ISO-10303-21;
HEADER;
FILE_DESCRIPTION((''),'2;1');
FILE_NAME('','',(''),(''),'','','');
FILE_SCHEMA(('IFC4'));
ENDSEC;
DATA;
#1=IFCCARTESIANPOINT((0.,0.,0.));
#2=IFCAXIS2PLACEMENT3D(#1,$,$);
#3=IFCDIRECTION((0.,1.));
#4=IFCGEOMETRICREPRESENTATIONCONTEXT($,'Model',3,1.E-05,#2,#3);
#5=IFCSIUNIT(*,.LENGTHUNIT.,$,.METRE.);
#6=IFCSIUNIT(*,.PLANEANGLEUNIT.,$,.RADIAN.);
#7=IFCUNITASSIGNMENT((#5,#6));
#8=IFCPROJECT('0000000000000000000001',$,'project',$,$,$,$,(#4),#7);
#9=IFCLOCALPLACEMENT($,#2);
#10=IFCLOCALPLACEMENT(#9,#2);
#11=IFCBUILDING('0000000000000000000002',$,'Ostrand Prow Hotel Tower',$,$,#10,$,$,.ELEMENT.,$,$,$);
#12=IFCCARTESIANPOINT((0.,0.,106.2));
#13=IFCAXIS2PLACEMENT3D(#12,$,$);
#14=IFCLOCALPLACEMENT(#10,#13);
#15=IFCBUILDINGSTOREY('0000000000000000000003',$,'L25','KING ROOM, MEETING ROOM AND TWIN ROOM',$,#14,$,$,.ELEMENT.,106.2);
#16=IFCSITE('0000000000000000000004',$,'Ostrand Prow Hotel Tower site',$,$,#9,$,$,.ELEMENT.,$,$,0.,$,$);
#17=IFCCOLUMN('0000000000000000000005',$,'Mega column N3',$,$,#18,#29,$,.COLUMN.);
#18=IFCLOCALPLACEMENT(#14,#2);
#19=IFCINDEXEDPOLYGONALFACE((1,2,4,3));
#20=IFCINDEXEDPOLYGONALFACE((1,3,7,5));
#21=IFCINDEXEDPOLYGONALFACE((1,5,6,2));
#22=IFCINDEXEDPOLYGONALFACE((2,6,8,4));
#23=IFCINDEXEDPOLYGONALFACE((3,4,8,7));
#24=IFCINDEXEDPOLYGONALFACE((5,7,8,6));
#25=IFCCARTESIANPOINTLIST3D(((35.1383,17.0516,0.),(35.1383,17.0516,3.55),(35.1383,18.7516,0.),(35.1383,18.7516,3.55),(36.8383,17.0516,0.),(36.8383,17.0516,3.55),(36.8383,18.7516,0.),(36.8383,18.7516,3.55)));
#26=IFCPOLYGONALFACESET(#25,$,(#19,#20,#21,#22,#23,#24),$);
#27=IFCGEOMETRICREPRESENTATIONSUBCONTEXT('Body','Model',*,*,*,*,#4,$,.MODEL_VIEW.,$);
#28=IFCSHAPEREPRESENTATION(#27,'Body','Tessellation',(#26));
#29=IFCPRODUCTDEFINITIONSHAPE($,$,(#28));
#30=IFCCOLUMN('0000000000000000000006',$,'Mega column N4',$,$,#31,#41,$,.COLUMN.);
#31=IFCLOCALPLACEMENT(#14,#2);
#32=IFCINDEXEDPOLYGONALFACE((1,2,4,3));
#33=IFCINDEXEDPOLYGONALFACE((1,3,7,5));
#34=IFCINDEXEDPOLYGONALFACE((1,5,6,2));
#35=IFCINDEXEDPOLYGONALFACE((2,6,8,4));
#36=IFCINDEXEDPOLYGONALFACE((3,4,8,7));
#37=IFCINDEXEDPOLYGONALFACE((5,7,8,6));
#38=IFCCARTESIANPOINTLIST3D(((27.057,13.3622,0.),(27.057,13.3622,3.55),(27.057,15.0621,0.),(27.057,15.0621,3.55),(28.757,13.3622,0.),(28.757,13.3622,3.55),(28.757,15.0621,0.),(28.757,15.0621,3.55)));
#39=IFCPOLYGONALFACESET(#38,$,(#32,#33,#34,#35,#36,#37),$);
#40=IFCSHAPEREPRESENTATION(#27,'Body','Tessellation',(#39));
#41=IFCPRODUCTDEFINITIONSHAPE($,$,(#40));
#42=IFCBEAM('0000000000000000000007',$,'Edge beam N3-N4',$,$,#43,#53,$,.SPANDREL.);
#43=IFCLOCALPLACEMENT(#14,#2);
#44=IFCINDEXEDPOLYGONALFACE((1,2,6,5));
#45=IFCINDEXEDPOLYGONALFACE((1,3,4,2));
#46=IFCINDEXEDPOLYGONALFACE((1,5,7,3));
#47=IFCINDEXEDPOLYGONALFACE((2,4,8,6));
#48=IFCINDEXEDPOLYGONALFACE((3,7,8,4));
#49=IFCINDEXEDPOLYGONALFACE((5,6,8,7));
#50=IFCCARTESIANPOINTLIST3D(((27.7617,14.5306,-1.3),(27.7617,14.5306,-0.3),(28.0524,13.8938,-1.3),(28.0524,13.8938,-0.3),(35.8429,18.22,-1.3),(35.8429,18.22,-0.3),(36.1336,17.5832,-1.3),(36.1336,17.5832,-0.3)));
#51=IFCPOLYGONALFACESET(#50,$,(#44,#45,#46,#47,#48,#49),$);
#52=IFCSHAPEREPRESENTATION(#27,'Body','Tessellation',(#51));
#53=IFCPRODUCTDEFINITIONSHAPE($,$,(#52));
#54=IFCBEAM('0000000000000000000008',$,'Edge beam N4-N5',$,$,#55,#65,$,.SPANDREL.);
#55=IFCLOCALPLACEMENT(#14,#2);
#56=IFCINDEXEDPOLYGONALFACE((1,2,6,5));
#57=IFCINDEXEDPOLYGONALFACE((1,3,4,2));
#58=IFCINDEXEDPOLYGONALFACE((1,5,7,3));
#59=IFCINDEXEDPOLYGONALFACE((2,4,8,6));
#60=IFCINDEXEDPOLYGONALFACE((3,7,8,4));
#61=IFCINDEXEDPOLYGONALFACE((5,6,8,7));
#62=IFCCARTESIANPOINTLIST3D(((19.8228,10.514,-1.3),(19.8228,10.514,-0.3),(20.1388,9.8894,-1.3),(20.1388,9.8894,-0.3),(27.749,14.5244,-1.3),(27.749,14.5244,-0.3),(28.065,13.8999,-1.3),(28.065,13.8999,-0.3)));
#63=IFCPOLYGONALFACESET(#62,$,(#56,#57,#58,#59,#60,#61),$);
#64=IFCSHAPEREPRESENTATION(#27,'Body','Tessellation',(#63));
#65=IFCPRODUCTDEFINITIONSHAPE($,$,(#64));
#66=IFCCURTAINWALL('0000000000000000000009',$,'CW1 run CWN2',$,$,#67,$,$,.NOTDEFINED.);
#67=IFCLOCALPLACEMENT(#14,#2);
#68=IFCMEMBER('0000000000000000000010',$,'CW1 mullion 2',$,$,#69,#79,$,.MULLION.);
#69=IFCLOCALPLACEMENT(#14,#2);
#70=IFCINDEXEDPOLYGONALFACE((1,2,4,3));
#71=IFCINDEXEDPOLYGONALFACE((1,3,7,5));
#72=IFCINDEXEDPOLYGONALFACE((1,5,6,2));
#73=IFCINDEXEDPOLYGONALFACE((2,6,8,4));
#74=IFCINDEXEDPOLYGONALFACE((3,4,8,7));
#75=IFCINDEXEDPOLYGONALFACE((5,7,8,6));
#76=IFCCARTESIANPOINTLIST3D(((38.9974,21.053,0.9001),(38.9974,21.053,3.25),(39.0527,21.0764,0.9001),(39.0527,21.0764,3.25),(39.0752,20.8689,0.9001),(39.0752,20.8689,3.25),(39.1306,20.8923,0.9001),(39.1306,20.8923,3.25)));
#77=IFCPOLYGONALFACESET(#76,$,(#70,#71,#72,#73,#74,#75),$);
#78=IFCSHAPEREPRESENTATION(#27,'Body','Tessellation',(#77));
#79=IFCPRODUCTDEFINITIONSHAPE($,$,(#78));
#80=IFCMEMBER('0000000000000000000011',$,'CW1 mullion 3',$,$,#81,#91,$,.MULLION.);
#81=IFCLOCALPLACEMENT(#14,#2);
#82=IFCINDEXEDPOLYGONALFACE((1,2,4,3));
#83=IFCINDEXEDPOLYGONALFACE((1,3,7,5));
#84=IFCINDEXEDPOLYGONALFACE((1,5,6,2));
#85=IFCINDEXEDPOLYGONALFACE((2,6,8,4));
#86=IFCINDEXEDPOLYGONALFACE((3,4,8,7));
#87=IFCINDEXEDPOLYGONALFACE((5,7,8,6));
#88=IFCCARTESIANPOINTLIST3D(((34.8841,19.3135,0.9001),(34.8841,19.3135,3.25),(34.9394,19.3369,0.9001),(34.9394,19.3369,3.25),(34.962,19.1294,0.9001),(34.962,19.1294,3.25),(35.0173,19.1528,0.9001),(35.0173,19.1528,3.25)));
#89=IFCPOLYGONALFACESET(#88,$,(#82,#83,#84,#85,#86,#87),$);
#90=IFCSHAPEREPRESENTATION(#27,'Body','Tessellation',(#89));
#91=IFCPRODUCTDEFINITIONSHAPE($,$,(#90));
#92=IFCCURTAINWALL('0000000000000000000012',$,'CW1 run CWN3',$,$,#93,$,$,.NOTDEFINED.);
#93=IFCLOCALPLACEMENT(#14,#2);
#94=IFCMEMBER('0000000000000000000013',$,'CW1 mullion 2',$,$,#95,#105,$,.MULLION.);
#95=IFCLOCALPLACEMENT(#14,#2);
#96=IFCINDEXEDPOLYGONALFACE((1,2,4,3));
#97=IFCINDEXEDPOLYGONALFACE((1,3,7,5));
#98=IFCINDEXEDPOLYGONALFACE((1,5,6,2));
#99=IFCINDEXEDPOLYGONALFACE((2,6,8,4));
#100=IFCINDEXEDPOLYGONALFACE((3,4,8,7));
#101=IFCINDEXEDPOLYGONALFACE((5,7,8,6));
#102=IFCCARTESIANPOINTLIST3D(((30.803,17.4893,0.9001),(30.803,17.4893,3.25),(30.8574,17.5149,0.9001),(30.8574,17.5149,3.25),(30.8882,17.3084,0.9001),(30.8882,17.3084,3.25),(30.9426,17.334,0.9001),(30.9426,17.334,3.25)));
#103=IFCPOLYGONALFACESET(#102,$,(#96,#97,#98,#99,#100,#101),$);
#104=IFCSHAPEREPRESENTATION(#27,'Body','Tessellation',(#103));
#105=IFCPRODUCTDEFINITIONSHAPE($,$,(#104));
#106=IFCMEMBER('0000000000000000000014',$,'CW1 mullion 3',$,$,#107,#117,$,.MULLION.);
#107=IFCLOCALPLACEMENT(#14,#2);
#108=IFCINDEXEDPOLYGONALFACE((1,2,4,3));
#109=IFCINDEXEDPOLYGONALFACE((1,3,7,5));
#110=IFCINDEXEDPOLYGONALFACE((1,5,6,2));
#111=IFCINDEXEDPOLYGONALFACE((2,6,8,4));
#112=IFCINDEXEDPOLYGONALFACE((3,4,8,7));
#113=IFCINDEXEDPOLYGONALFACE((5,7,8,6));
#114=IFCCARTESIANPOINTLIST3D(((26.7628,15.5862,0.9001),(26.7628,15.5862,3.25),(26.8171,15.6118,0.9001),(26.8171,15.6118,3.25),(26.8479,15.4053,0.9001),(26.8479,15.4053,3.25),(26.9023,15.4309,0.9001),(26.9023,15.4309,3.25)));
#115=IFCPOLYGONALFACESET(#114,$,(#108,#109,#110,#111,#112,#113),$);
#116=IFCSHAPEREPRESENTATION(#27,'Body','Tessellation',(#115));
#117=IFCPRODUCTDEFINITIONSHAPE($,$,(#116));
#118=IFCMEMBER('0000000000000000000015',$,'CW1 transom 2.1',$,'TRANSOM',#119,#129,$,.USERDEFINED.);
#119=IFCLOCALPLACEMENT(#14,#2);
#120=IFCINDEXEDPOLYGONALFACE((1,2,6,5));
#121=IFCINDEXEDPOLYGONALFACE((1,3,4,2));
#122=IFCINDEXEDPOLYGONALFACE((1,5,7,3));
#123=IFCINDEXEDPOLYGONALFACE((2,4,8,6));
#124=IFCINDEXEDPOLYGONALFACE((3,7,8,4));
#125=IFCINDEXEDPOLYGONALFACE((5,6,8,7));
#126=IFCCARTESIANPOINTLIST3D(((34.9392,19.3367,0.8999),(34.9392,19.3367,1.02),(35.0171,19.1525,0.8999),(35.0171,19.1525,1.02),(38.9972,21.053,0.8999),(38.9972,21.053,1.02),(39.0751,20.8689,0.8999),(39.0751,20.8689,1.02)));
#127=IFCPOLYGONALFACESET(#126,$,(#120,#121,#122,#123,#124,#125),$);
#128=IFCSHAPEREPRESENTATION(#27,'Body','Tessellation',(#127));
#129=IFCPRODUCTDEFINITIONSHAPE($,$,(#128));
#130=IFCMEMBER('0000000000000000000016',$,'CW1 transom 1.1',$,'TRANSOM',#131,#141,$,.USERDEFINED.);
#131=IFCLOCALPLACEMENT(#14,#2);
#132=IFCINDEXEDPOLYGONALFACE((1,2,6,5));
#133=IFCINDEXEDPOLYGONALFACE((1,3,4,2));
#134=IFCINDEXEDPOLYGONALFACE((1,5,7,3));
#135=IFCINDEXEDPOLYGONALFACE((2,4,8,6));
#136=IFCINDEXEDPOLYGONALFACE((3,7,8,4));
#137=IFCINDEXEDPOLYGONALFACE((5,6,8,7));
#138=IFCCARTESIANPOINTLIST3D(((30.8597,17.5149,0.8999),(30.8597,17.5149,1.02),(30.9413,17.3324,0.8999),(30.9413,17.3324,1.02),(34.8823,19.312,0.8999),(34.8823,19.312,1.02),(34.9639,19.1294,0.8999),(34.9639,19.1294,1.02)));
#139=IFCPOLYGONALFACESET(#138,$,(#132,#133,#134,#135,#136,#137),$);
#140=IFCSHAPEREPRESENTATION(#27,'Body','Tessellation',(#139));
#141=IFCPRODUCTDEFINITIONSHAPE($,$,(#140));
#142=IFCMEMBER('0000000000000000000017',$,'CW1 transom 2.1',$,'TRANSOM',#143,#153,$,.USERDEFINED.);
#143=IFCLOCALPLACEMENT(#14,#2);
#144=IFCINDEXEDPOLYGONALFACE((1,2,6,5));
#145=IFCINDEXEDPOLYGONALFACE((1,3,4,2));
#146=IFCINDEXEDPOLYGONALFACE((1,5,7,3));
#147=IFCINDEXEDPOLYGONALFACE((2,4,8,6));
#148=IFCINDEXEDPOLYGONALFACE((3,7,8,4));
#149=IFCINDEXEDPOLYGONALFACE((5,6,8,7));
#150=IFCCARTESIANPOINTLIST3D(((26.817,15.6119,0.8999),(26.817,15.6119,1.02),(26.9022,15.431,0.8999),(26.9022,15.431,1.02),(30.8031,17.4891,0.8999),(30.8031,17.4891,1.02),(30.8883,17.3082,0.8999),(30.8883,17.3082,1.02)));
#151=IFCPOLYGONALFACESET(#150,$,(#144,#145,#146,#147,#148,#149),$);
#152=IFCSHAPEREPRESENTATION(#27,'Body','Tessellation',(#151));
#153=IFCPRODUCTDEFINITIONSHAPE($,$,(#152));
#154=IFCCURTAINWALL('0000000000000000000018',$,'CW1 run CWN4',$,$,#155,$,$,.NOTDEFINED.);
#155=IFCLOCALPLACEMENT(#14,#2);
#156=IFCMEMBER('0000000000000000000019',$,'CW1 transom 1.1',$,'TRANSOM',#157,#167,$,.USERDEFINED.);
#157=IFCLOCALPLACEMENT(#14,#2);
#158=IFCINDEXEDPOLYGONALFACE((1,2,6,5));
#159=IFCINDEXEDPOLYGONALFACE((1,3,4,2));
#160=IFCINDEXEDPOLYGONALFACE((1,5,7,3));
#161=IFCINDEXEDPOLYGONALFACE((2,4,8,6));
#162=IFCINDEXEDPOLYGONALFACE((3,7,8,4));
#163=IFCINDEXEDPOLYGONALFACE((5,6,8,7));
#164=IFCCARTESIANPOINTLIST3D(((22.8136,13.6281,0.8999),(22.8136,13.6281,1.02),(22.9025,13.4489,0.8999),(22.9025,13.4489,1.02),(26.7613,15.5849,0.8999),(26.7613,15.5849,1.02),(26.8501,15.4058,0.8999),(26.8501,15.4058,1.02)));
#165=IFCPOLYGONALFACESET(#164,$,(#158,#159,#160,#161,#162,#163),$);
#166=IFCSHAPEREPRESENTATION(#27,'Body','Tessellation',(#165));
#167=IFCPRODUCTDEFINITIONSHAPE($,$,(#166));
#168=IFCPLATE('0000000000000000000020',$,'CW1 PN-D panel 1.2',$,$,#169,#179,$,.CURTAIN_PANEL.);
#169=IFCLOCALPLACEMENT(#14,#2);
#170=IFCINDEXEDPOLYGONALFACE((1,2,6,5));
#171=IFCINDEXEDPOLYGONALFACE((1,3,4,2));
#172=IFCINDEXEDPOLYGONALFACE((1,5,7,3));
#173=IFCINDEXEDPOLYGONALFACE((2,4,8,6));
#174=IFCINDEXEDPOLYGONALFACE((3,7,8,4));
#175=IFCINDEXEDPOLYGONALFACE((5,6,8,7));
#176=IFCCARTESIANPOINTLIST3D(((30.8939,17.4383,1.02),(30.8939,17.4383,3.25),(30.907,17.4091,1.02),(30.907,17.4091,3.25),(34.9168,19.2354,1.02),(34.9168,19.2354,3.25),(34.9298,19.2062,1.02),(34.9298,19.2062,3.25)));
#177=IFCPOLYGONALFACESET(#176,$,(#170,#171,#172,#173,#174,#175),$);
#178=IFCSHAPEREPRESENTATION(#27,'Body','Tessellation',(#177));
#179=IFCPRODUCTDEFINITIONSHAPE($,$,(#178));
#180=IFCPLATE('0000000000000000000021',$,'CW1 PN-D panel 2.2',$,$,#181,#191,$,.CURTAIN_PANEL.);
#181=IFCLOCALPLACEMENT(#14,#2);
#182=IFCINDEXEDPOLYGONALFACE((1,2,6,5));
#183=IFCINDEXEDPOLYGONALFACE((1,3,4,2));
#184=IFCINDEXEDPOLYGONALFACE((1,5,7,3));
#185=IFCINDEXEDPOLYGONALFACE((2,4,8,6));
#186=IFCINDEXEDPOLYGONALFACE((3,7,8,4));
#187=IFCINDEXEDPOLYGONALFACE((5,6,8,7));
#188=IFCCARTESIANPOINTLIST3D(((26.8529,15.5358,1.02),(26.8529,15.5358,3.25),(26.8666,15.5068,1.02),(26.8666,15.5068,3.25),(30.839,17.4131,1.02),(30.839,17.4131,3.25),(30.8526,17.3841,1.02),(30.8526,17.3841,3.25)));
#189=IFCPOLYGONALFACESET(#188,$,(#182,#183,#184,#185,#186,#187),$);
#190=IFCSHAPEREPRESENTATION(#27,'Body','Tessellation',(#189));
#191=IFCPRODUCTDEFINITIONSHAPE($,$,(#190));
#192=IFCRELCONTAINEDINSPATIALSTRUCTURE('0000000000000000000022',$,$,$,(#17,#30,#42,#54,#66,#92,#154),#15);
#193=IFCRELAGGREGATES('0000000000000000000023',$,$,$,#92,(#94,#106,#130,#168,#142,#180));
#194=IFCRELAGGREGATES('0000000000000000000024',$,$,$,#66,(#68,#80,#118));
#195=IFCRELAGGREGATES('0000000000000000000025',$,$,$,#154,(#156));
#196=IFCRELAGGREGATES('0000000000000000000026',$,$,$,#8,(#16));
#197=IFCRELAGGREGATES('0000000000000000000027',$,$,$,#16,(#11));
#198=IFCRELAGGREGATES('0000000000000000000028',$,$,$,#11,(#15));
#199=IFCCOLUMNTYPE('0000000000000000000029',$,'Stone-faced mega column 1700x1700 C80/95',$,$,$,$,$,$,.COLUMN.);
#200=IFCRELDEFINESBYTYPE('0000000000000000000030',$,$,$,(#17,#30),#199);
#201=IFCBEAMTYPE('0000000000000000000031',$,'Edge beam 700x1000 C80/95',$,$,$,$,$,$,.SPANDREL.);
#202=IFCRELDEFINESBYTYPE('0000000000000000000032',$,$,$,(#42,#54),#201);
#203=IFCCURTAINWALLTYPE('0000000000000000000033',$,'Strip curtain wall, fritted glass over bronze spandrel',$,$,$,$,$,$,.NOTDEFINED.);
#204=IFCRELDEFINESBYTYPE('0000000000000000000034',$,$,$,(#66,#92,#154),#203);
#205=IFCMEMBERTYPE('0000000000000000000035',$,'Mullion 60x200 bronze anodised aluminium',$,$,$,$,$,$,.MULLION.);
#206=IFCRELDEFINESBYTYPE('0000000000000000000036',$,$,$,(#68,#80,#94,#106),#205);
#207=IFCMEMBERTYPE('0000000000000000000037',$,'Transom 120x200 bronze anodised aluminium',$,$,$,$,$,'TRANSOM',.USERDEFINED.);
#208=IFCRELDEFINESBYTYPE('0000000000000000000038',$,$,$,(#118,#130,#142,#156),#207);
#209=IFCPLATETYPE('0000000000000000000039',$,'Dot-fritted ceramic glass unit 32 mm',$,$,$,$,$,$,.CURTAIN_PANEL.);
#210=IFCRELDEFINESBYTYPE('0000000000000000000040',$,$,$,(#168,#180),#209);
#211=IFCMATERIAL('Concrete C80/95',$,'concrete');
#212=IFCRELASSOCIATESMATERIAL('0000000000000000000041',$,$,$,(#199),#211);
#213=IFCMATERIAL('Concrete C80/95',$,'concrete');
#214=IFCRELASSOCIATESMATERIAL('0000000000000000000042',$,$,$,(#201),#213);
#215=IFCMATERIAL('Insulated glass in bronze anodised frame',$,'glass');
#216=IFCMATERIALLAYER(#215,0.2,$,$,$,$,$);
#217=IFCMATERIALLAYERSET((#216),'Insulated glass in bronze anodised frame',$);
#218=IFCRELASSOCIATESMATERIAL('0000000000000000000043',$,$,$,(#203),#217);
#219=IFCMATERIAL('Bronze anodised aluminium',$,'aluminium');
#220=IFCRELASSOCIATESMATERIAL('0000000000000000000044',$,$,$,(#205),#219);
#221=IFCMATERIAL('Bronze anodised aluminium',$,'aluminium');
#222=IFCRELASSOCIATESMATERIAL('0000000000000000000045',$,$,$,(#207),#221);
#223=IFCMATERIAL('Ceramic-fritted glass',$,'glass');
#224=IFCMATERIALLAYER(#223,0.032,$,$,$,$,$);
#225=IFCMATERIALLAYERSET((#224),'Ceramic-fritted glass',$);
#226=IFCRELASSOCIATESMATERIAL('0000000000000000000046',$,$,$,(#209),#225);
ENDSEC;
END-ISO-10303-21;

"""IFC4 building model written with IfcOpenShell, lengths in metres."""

from ifc_helpers import new_model, si_unit, direction, frame, origin, origin_2d, place, context, subcontext, project, spatial, rectangle, extrude, material, layer, layer_set, material_profile, profile_set, type_object, element, aggregate, save


model = new_model("IFC4")

# Units and contexts
model_context = context("Model", 3, precision=1e-05, world=origin(), true_north=direction((0.0, 1.0)))
body_context = subcontext(model_context, "Body", "Model", "MODEL_VIEW")
ifc_project = project(units=[si_unit("LENGTHUNIT", "METRE"), si_unit("PLANEANGLEUNIT", "RADIAN")], contexts=[model_context])

# Site, building, storey
site_placement = place(None, origin())
site = spatial("IfcSite", under=ifc_project, at=site_placement, Name="Ostrand Prow Hotel Tower site", CompositionType="ELEMENT", RefElevation=0.0)
building_placement = place(site_placement, origin())
building = spatial("IfcBuilding", under=site, at=building_placement, Name="Ostrand Prow Hotel Tower", CompositionType="ELEMENT")
storey_placement = place(building_placement, frame((0.0, 0.0, 106.2)))
storey = spatial("IfcBuildingStorey", under=building, at=storey_placement, Name="L25", Description="KING ROOM, MEETING ROOM AND TWIN ROOM", CompositionType="ELEMENT", Elevation=106.2)

# Columns
ifc_material_1 = material(Name="Concrete C80/95", Category="concrete")
ifc_material_profile_1 = material_profile(ifc_material_1, rectangle(XDim=1.7, YDim=1.7, at=origin_2d()), Name="RC 1700x1700")
ifc_profile_set_1 = profile_set([ifc_material_profile_1], Name="Concrete C80/95")
column_type = type_object("IfcColumnType", Name="Stone-faced mega column 1700x1700 C80/95", PredefinedType="COLUMN", material=ifc_profile_set_1)
for number, where, z_axis, x_axis, name in (
    (1, (35.9883, 17.9016, 0.0), (0.0, 0.0, 1.0), (1.0, 0.0, 0.0), "Mega column N3"),
    (2, (27.907, 14.2122, 0.0), (0.0, 0.0, 1.0), (1.0, 0.0, 0.0), "Mega column N4"),
):
    element("IfcColumn", number, at=place(storey_placement, frame(where, z_axis=z_axis, x_axis=x_axis)), inside=storey, type_object=column_type, Name=name, PredefinedType="COLUMN", context=body_context, shape_type="SweptSolid", body=[
        extrude(rectangle(XDim=1.7, YDim=1.7, at=origin_2d()), origin(), (0.0, 0.0, 1.0), 3.55),
    ])

# Beams
ifc_material_2 = material(Name="Concrete C80/95", Category="concrete")
ifc_material_profile_2 = material_profile(ifc_material_2, rectangle(XDim=0.7, YDim=1.0, at=origin_2d()), Name="RC 700x1000")
ifc_profile_set_2 = profile_set([ifc_material_profile_2], Name="Concrete C80/95")
beam_type = type_object("IfcBeamType", Name="Edge beam 700x1000 C80/95", PredefinedType="SPANDREL", material=ifc_profile_set_2)
beam_1_placement = place(storey_placement, frame((35.9883, 17.9016, -0.8), z_axis=(-0.909681, -0.415308, 0.0), x_axis=(0.415308, -0.909681, 0.0)))
element("IfcBeam", 3, at=beam_1_placement, inside=storey, type_object=beam_type, Name="Edge beam N3-N4", PredefinedType="SPANDREL", context=body_context, shape_type="SweptSolid", body=[
    extrude(rectangle(XDim=0.7, YDim=1.0, at=origin_2d()), origin(), (0.0, 0.0, 1.0), 8.8835),
])
beam_2_placement = place(storey_placement, frame((27.907, 14.2122, -0.8), z_axis=(-0.892284, -0.451474, 0.0), x_axis=(0.451474, -0.892284, 0.0)))
element("IfcBeam", 4, at=beam_2_placement, inside=storey, type_object=beam_type, Name="Edge beam N4-N5", PredefinedType="SPANDREL", context=body_context, shape_type="SweptSolid", body=[
    extrude(rectangle(XDim=0.7, YDim=1.0, at=origin_2d()), origin(), (0.0, 0.0, 1.0), 8.8831),
])

# Curtain walls, members
ifc_material_3 = material(Name="Insulated glass in bronze anodised frame", Category="glass")
ifc_layer_1 = layer(ifc_material_3, 0.2)
ifc_layer_set_1 = layer_set([ifc_layer_1], Name="Insulated glass in bronze anodised frame")
curtain_wall_type = type_object("IfcCurtainWallType", Name="Strip curtain wall, fritted glass over bronze spandrel", PredefinedType="NOTDEFINED", material=ifc_layer_set_1)
curtain_wall_1_placement = place(storey_placement, origin())
curtain_wall_1 = element("IfcCurtainWall", 5, at=curtain_wall_1_placement, inside=storey, type_object=curtain_wall_type, Name="CW1 run CWN2", PredefinedType="NOTDEFINED")
ifc_material_4 = material(Name="Bronze anodised aluminium", Category="aluminium")
ifc_material_profile_3 = material_profile(ifc_material_4, rectangle(XDim=0.2, YDim=0.0601, at=origin_2d()), Name="Mullion 60x200 bronze anodised aluminium")
ifc_profile_set_3 = profile_set([ifc_material_profile_3], Name="Bronze anodised aluminium")
member_type_1 = type_object("IfcMemberType", Name="Mullion 60x200 bronze anodised aluminium", PredefinedType="MULLION", material=ifc_profile_set_3)
member_1_placement = place(storey_placement, frame((39.064, 20.9727, 0.9001), z_axis=(0.0, 0.0, 1.0), x_axis=(0.389507, -0.921024, 0.0)))
member_1 = element("IfcMember", 6, at=member_1_placement, type_object=member_type_1, Name="CW1 mullion 2", PredefinedType="MULLION", context=body_context, shape_type="SweptSolid", body=[
    extrude(rectangle(XDim=0.2, YDim=0.0601, at=origin_2d()), origin(), (0.0, 0.0, 1.0), 2.3499),
])
member_2_placement = place(storey_placement, frame((34.9507, 19.2332, 0.9001), z_axis=(0.0, 0.0, 1.0), x_axis=(0.389507, -0.921024, 0.0)))
member_2 = element("IfcMember", 7, at=member_2_placement, type_object=member_type_1, Name="CW1 mullion 3", PredefinedType="MULLION", context=body_context, shape_type="SweptSolid", body=[
    extrude(rectangle(XDim=0.2, YDim=0.0601, at=origin_2d()), origin(), (0.0, 0.0, 1.0), 2.3499),
])
curtain_wall_2_placement = place(storey_placement, origin())
curtain_wall_2 = element("IfcCurtainWall", 8, at=curtain_wall_2_placement, inside=storey, type_object=curtain_wall_type, Name="CW1 run CWN3", PredefinedType="NOTDEFINED")
member_3_placement = place(storey_placement, frame((30.8728, 17.4116, 0.9001), z_axis=(0.0, 0.0, 1.0), x_axis=(0.426079, -0.904686, 0.0)))
member_3 = element("IfcMember", 9, at=member_3_placement, type_object=member_type_1, Name="CW1 mullion 2", PredefinedType="MULLION", context=body_context, shape_type="SweptSolid", body=[
    extrude(rectangle(XDim=0.2, YDim=0.0601, at=origin_2d()), origin(), (0.0, 0.0, 1.0), 2.3499),
])
member_4_placement = place(storey_placement, frame((26.8325, 15.5085, 0.9001), z_axis=(0.0, 0.0, 1.0), x_axis=(0.426079, -0.904686, 0.0)))
member_4 = element("IfcMember", 10, at=member_4_placement, type_object=member_type_1, Name="CW1 mullion 3", PredefinedType="MULLION", context=body_context, shape_type="SweptSolid", body=[
    extrude(rectangle(XDim=0.2, YDim=0.0601, at=origin_2d()), origin(), (0.0, 0.0, 1.0), 2.3499),
])

# Members
ifc_material_5 = material(Name="Bronze anodised aluminium", Category="aluminium")
ifc_material_profile_4 = material_profile(ifc_material_5, rectangle(XDim=0.2, YDim=0.1201, at=origin_2d()), Name="Transom 120x200 bronze anodised aluminium")
ifc_profile_set_4 = profile_set([ifc_material_profile_4], Name="Bronze anodised aluminium")
member_type_2 = type_object("IfcMemberType", Name="Transom 120x200 bronze anodised aluminium", ElementType="TRANSOM", PredefinedType="USERDEFINED", material=ifc_profile_set_4)
member_5_placement = place(storey_placement, frame((39.0361, 20.9609, 0.96), z_axis=(-0.921006, -0.389548, 0.0), x_axis=(0.389548, -0.921006, 0.0)))
member_5 = element("IfcMember", 11, at=member_5_placement, type_object=member_type_2, Name="CW1 transom 2.1", ObjectType="TRANSOM", PredefinedType="USERDEFINED", context=body_context, shape_type="SweptSolid", body=[
    extrude(rectangle(XDim=0.2, YDim=0.1201, at=origin_2d()), origin(), (0.0, 0.0, 1.0), 4.406),
])
member_6_placement = place(storey_placement, frame((34.9231, 19.2207, 0.96), z_axis=(-0.913031, -0.407891, 0.0), x_axis=(0.407891, -0.913031, 0.0)))
member_6 = element("IfcMember", 12, at=member_6_placement, type_object=member_type_2, Name="CW1 transom 1.1", ObjectType="TRANSOM", PredefinedType="USERDEFINED", context=body_context, shape_type="SweptSolid", body=[
    extrude(rectangle(XDim=0.2, YDim=0.1201, at=origin_2d()), origin(), (0.0, 0.0, 1.0), 4.4058),
])
member_7_placement = place(storey_placement, frame((30.8457, 17.3987, 0.96), z_axis=(-0.904697, -0.426056, 0.0), x_axis=(0.426056, -0.904697, 0.0)))
member_7 = element("IfcMember", 13, at=member_7_placement, type_object=member_type_2, Name="CW1 transom 2.1", ObjectType="TRANSOM", PredefinedType="USERDEFINED", context=body_context, shape_type="SweptSolid", body=[
    extrude(rectangle(XDim=0.2, YDim=0.1201, at=origin_2d()), origin(), (0.0, 0.0, 1.0), 4.406),
])

# Curtain wall, member
curtain_wall_3_placement = place(storey_placement, origin())
curtain_wall_3 = element("IfcCurtainWall", 14, at=curtain_wall_3_placement, inside=storey, type_object=curtain_wall_type, Name="CW1 run CWN4", PredefinedType="NOTDEFINED")
member_8_placement = place(storey_placement, frame((26.8057, 15.4954, 0.96), z_axis=(-0.895962, -0.44413, 0.0), x_axis=(0.44413, -0.895962, 0.0)))
member_8 = element("IfcMember", 15, at=member_8_placement, type_object=member_type_2, Name="CW1 transom 1.1", ObjectType="TRANSOM", PredefinedType="USERDEFINED", context=body_context, shape_type="SweptSolid", body=[
    extrude(rectangle(XDim=0.2, YDim=0.1201, at=origin_2d()), origin(), (0.0, 0.0, 1.0), 4.406),
])

# Plates
ifc_material_6 = material(Name="Ceramic-fritted glass", Category="glass")
ifc_layer_2 = layer(ifc_material_6, 0.032)
ifc_layer_set_2 = layer_set([ifc_layer_2], Name="Ceramic-fritted glass")
plate_type_1 = type_object("IfcPlateType", Name="Dot-fritted ceramic glass unit 32 mm", PredefinedType="CURTAIN_PANEL", material=ifc_layer_set_2)
plate_1_placement = place(storey_placement, frame((32.9119, 18.3223, 1.02), z_axis=(0.0, 0.0, 1.0), x_axis=(-0.913038, -0.407875, 0.0)))
plate_1 = element("IfcPlate", 16, at=plate_1_placement, type_object=plate_type_1, Name="CW1 PN-D panel 1.2", PredefinedType="CURTAIN_PANEL", context=body_context, shape_type="SweptSolid", body=[
    extrude(rectangle(XDim=4.406, YDim=0.032, at=origin_2d()), origin(), (0.0, 0.0, 1.0), 2.23),
])
plate_2_placement = place(storey_placement, frame((28.8528, 16.46, 1.02), z_axis=(0.0, 0.0, 1.0), x_axis=(-0.904686, -0.426079, 0.0)))
plate_2 = element("IfcPlate", 17, at=plate_2_placement, type_object=plate_type_1, Name="CW1 PN-D panel 2.2", PredefinedType="CURTAIN_PANEL", context=body_context, shape_type="SweptSolid", body=[
    extrude(rectangle(XDim=4.406, YDim=0.032, at=origin_2d()), origin(), (0.0, 0.0, 1.0), 2.23),
])
aggregate(curtain_wall_2, [member_3, member_4, member_6, plate_1, member_7, plate_2])
aggregate(curtain_wall_1, [member_1, member_2, member_5])
aggregate(curtain_wall_3, [member_8])

save(model, "model.ifc")
